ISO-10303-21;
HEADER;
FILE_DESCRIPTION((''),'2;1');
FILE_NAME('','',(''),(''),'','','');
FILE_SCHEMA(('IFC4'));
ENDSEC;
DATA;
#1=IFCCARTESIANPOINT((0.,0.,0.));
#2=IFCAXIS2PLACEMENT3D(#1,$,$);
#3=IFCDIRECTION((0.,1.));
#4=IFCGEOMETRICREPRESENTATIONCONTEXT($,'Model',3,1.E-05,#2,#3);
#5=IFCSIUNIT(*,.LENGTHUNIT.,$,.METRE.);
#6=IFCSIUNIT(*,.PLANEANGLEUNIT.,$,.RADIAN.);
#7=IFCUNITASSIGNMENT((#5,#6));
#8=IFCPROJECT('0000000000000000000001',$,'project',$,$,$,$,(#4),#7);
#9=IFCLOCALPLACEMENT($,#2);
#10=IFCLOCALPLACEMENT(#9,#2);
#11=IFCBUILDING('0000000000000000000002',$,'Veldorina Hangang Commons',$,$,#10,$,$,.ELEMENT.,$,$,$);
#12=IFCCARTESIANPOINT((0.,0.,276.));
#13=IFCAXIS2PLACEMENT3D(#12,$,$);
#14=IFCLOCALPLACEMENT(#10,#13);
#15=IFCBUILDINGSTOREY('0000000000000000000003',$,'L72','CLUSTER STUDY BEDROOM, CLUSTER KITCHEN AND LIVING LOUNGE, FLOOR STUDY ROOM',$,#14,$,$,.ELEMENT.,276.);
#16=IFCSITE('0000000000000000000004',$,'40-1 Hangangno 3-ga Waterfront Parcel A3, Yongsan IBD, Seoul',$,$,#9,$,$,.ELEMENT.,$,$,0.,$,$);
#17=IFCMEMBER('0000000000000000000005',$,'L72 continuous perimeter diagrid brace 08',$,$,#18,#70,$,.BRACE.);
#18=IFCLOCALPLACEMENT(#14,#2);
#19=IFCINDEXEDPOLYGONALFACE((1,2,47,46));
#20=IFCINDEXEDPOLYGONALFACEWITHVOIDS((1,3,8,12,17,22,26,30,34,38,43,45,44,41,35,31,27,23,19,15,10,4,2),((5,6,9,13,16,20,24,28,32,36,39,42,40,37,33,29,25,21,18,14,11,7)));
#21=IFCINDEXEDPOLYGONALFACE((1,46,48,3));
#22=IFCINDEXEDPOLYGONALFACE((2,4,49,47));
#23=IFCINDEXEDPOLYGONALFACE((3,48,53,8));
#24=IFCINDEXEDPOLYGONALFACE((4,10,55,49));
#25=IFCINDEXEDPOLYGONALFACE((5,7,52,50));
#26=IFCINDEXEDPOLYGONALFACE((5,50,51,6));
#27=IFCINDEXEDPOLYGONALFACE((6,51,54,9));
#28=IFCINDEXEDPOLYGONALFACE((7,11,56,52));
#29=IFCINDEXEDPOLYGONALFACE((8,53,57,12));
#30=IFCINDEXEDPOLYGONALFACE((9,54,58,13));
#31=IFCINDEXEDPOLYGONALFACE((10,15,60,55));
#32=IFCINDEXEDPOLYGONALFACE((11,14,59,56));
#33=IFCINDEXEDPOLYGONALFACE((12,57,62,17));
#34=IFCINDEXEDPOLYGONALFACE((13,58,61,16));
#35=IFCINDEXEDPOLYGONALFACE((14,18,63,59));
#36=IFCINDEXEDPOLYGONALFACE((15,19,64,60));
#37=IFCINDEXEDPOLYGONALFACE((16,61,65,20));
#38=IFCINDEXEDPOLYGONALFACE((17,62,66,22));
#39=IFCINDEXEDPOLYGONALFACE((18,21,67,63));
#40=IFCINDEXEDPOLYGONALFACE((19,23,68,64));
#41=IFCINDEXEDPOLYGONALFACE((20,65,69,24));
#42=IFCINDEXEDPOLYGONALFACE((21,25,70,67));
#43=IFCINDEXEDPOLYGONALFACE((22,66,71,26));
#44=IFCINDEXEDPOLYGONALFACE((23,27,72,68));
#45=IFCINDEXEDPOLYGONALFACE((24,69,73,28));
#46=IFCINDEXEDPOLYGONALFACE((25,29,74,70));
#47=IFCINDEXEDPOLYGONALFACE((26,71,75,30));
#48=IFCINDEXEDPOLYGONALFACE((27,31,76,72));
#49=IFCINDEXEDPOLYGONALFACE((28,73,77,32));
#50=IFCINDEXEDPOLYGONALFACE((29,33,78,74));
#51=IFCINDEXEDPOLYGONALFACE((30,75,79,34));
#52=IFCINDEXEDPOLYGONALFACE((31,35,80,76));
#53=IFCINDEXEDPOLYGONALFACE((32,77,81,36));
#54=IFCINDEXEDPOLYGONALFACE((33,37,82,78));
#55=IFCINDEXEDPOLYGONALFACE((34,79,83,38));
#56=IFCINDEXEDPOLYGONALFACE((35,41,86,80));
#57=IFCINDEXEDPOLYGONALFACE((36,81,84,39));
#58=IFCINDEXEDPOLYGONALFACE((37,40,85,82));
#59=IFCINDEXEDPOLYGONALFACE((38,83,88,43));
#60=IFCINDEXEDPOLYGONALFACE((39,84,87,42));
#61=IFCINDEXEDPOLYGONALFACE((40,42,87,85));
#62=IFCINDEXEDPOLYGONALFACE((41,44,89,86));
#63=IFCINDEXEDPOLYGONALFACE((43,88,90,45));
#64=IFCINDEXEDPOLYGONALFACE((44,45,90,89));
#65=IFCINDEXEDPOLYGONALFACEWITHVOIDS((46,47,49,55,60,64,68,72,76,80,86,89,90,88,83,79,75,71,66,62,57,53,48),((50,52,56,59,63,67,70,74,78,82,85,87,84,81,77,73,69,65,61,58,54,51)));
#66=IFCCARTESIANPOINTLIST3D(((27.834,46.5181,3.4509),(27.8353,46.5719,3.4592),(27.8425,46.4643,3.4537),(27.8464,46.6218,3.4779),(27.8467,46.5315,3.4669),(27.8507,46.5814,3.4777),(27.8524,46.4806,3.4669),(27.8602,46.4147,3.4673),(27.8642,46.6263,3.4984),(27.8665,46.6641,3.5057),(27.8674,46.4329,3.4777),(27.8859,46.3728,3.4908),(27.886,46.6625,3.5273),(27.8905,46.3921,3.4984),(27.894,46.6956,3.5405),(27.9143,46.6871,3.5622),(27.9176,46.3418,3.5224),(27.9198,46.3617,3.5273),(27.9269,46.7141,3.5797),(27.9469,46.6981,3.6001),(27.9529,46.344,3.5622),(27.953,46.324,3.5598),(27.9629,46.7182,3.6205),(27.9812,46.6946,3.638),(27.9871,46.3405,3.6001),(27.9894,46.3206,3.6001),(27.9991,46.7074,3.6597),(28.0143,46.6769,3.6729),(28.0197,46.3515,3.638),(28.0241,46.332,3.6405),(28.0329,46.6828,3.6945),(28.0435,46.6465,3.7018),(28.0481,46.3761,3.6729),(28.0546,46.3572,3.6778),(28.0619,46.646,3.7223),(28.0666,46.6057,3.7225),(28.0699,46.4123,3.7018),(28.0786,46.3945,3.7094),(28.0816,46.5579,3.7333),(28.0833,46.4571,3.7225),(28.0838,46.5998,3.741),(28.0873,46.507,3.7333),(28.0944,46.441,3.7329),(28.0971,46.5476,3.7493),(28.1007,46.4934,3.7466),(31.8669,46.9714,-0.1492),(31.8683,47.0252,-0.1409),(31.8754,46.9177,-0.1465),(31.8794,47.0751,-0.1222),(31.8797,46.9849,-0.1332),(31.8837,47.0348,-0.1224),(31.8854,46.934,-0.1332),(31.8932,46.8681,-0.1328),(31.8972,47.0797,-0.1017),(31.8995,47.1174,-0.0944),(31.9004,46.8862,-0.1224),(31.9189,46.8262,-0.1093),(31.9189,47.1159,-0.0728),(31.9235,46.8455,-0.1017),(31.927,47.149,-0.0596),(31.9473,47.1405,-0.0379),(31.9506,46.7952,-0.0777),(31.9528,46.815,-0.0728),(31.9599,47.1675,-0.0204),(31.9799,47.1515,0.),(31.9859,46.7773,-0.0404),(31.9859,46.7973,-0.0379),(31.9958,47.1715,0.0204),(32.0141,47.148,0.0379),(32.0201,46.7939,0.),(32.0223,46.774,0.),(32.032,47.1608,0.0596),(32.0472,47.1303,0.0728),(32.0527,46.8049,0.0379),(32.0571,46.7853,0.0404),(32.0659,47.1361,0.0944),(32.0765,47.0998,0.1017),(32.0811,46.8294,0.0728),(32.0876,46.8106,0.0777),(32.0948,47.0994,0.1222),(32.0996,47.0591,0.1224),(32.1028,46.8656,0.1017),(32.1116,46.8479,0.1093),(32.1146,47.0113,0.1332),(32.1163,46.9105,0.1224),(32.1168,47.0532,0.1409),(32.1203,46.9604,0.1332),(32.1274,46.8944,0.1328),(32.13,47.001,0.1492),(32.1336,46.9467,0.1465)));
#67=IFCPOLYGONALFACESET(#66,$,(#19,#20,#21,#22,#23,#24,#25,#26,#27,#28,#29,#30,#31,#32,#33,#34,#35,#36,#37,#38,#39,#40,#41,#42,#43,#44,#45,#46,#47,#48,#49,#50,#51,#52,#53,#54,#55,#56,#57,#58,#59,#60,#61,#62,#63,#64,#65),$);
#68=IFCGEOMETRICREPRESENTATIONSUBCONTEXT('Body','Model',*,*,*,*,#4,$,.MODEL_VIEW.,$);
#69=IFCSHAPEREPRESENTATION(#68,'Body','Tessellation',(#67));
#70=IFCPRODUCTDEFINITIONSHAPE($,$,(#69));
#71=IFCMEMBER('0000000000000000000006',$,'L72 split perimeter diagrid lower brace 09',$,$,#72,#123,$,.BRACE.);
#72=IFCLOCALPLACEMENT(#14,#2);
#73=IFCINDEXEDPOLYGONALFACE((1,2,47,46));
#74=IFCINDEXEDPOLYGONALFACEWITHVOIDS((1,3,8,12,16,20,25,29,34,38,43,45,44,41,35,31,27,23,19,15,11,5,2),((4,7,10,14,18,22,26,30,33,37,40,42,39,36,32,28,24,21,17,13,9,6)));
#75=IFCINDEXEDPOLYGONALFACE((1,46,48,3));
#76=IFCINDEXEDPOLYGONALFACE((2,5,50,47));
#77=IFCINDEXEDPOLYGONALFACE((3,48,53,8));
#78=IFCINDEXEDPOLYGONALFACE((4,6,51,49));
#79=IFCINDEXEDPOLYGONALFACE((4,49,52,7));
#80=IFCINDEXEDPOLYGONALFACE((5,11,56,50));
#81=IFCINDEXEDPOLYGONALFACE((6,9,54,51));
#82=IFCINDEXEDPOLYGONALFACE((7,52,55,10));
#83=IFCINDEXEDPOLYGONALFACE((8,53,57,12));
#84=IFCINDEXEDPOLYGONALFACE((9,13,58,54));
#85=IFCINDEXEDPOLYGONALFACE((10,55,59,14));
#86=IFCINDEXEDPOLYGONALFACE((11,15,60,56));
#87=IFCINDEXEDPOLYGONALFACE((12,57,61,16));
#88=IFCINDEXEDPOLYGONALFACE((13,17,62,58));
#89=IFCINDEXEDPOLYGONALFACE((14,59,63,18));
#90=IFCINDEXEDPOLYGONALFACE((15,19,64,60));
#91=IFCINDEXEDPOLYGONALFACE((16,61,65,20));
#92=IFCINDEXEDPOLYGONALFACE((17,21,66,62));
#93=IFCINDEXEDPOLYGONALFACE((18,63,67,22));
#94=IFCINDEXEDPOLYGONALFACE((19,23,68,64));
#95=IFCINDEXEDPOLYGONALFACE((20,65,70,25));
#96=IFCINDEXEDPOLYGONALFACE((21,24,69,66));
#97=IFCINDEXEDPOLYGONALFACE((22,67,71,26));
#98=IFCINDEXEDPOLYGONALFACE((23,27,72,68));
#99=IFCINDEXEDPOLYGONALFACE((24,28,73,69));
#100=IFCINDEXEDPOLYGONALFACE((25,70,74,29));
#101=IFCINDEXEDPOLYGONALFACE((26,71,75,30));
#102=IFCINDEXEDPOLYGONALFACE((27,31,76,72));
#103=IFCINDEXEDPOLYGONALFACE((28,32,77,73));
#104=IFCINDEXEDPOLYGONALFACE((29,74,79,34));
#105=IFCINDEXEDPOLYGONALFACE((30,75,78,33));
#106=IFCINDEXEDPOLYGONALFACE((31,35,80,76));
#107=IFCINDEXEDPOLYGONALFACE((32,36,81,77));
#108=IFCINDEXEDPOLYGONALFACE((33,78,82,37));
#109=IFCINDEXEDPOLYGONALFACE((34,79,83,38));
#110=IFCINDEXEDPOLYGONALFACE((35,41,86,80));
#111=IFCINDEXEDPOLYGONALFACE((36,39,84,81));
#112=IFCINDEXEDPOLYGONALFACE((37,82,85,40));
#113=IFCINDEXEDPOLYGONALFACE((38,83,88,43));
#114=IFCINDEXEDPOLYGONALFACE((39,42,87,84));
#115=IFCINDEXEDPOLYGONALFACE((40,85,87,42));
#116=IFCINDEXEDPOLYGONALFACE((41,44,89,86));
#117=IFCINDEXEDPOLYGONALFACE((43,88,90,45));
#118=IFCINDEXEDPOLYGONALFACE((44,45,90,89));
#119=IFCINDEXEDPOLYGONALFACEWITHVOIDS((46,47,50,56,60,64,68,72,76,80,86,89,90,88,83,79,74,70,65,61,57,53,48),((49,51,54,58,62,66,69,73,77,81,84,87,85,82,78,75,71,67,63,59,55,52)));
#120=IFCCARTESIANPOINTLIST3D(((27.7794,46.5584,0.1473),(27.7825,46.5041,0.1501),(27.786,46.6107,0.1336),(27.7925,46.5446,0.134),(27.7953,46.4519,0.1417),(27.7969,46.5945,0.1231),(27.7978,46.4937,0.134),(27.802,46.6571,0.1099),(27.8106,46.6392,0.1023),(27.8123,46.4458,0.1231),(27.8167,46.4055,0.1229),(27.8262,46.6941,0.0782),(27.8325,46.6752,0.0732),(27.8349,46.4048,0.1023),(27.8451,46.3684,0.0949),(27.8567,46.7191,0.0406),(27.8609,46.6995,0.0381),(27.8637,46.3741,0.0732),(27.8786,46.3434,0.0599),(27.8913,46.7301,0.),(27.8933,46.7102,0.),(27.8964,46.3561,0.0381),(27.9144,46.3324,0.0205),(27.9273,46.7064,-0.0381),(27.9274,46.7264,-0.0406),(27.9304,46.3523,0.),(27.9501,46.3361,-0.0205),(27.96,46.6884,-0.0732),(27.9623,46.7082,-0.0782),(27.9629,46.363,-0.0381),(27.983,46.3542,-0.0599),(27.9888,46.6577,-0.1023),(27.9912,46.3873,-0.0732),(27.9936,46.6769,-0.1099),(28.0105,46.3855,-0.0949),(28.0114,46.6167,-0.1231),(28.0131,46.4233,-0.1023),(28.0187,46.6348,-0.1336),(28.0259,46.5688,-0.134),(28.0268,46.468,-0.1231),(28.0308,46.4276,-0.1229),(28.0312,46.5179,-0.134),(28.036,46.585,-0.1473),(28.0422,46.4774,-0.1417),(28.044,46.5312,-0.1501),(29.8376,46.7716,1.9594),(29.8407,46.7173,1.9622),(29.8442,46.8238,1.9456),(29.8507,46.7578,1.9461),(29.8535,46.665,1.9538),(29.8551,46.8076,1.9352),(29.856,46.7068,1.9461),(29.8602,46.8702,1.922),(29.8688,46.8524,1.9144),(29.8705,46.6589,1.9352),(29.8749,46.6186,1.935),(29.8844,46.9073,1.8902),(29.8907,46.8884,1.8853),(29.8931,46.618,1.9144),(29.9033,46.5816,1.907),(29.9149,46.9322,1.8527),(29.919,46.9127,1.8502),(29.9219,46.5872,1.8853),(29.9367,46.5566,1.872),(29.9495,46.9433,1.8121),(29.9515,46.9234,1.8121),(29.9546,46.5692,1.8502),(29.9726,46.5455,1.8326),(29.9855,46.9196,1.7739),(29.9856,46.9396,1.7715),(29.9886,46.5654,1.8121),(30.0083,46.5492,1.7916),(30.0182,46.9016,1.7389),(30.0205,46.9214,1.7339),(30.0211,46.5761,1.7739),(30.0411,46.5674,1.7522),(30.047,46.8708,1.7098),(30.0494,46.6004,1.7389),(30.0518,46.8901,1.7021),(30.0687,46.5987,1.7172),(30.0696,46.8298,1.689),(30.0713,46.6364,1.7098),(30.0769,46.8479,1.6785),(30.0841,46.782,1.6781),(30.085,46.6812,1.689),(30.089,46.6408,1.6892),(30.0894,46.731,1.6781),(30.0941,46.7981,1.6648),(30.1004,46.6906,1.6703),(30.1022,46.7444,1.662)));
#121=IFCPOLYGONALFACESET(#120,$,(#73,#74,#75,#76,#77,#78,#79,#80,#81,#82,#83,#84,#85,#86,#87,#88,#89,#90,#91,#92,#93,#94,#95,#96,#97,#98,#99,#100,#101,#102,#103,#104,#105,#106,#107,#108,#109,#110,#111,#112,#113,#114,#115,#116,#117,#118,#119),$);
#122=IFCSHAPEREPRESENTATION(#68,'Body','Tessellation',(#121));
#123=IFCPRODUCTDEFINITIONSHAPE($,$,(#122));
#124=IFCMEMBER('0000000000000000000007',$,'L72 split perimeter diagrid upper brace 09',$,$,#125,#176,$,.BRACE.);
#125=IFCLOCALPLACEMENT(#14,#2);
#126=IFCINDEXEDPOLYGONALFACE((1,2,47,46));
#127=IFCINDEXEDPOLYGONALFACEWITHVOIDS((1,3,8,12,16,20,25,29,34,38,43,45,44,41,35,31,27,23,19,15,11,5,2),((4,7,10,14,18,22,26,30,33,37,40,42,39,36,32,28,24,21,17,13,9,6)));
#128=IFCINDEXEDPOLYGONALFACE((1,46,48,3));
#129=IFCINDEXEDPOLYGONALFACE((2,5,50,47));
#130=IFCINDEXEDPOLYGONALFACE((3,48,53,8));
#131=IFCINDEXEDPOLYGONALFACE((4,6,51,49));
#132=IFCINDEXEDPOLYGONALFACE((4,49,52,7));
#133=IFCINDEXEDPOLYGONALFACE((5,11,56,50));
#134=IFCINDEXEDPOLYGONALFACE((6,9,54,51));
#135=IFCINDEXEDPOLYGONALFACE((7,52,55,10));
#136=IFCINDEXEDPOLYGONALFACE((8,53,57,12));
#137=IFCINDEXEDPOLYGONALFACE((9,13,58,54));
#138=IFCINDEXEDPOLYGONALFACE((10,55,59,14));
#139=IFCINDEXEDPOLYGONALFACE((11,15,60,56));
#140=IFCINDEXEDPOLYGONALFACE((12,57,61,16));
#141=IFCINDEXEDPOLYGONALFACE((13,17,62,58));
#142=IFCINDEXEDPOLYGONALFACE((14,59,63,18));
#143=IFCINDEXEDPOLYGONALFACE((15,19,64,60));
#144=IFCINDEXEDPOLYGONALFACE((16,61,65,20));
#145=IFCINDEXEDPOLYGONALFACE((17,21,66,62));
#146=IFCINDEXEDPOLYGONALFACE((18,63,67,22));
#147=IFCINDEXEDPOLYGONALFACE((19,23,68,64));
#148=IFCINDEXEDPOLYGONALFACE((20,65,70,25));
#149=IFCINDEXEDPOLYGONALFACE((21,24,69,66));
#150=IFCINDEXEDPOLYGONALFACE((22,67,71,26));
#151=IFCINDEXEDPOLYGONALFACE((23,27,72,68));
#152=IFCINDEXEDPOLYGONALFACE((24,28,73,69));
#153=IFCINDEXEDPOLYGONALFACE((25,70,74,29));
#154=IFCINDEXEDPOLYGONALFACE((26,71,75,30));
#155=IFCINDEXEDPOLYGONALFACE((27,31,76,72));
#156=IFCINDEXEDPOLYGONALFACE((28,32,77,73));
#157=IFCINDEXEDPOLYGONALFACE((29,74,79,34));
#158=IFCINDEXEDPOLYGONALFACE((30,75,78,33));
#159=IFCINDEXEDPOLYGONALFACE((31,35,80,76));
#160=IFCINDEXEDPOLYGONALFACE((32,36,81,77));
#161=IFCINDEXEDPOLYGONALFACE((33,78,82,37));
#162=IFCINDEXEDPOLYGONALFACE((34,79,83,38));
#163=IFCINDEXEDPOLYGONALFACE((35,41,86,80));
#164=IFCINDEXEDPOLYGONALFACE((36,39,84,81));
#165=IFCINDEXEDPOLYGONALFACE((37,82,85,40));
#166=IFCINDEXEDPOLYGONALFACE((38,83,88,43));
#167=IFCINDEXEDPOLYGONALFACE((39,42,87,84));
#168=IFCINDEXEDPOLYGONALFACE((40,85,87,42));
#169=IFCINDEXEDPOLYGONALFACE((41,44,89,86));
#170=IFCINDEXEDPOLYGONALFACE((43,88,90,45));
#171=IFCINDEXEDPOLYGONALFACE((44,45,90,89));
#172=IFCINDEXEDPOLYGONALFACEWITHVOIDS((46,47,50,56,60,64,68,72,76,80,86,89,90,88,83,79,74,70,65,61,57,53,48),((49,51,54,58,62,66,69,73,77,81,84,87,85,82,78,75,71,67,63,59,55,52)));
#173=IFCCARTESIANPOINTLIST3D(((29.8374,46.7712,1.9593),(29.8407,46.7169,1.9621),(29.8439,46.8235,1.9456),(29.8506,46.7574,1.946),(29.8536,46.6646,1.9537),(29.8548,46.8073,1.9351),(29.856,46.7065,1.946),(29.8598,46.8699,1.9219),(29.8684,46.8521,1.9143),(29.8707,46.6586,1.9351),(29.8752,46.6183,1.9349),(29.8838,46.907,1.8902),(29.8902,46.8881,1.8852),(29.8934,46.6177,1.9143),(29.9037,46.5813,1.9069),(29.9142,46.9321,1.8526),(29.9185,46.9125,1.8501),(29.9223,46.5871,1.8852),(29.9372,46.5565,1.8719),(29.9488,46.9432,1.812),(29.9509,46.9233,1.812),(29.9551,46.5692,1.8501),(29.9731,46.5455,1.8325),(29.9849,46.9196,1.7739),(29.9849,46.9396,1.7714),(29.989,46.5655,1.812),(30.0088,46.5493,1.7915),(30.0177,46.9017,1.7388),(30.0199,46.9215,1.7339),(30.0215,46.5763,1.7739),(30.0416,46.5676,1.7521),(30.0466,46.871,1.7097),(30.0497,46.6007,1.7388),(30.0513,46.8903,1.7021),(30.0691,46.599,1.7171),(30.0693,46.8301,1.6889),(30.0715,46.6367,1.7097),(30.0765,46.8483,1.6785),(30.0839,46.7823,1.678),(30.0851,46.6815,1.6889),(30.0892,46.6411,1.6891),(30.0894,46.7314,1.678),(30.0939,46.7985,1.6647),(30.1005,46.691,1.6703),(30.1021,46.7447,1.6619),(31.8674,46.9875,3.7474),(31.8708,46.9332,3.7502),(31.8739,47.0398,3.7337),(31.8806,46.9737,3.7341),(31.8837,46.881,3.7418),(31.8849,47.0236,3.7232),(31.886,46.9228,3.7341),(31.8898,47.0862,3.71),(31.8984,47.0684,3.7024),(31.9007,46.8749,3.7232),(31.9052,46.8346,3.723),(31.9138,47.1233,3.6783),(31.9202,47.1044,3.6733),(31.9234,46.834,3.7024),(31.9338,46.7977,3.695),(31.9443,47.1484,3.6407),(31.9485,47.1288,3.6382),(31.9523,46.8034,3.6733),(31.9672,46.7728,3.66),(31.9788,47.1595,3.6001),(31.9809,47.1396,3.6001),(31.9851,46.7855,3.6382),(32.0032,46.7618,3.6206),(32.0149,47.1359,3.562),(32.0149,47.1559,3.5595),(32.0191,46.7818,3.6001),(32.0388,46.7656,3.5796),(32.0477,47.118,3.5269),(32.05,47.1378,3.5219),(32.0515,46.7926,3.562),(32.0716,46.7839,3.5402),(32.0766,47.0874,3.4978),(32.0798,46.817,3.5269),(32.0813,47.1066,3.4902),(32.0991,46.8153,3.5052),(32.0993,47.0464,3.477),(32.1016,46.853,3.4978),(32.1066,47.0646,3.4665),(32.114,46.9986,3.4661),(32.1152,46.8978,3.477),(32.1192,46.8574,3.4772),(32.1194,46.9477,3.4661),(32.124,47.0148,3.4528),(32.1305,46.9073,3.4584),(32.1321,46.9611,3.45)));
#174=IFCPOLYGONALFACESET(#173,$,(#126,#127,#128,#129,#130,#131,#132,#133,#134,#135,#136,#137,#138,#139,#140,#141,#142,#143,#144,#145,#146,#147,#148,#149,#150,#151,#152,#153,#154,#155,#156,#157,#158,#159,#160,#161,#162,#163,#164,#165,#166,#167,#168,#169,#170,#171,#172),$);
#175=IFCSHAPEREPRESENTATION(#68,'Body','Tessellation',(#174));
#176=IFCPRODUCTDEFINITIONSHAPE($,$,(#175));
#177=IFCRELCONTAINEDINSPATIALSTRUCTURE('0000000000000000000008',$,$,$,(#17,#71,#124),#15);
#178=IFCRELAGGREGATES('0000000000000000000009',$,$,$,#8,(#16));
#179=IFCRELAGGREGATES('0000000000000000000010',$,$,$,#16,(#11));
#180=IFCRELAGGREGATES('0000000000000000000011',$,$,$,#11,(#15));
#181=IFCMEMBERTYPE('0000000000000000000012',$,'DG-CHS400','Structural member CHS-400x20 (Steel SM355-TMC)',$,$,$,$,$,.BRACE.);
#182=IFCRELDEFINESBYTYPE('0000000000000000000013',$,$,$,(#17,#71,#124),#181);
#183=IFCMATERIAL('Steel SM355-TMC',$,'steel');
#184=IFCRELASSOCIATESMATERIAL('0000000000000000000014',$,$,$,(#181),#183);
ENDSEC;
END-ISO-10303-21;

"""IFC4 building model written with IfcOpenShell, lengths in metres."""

from ifc_helpers import new_model, si_unit, direction, frame, origin, origin_2d, place, context, subcontext, project, spatial, hollow_circle, extrude, material, material_profile, profile_set, type_object, element, save


model = new_model("IFC4")

# Units and contexts
model_context = context("Model", 3, precision=1e-05, world=origin(), true_north=direction((0.0, 1.0)))
body_context = subcontext(model_context, "Body", "Model", "MODEL_VIEW")
ifc_project = project(units=[si_unit("LENGTHUNIT", "METRE"), si_unit("PLANEANGLEUNIT", "RADIAN")], contexts=[model_context])

# Site, building, storey
site_placement = place(None, origin())
site = spatial("IfcSite", under=ifc_project, at=site_placement, Name="40-1 Hangangno 3-ga Waterfront Parcel A3, Yongsan IBD, Seoul", CompositionType="ELEMENT", RefElevation=0.0)
building_placement = place(site_placement, origin())
building = spatial("IfcBuilding", under=site, at=building_placement, Name="Veldorina Hangang Commons", CompositionType="ELEMENT")
storey_placement = place(building_placement, frame((0.0, 0.0, 276.0)))
storey = spatial("IfcBuildingStorey", under=building, at=storey_placement, Name="L72", Description="CLUSTER STUDY BEDROOM, CLUSTER KITCHEN AND LIVING LOUNGE, FLOOR STUDY ROOM", CompositionType="ELEMENT", Elevation=276.0)

# Shared definitions
ifc_material_1 = material(Name="Steel SM355-TMC", Category="steel")

# Members
ifc_material_profile_1 = material_profile(ifc_material_1, hollow_circle(Radius=0.2, WallThickness=0.02, at=origin_2d()), Name="CHS-400x20")
ifc_profile_set_1 = profile_set([ifc_material_profile_1], Name="Steel SM355-TMC")
member_type_1 = type_object("IfcMemberType", Name="DG-CHS400", Description="Structural member CHS-400x20 (Steel SM355-TMC)", PredefinedType="BRACE", material=ifc_profile_set_1)
member_1_placement = place(storey_placement, frame((32.0, 46.9727, 0.0), z_axis=(-0.743398, -0.08357, 0.663608), x_axis=(0.111712, -0.993741, 0.0)))
element("IfcMember", 1, at=member_1_placement, inside=storey, type_object=member_type_1, Name="L72 continuous perimeter diagrid brace 08", PredefinedType="BRACE", context=body_context, shape_type="SweptSolid", body=[
    extrude(hollow_circle(Radius=0.2, WallThickness=0.02, at=origin_2d()), origin(), (0.0, 0.0, 1.0), 5.425),
])
member_2_placement = place(storey_placement, frame((27.9119, 46.5312, 0.0), z_axis=(0.748298, 0.077493, 0.658821), x_axis=(-0.103008, 0.994681, 0.0)))
element("IfcMember", 2, at=member_2_placement, inside=storey, type_object=member_type_1, Name="L72 split perimeter diagrid lower brace 09", PredefinedType="BRACE", context=body_context, shape_type="SweptSolid", body=[
    extrude(hollow_circle(Radius=0.2, WallThickness=0.02, at=origin_2d()), origin(), (0.0, 0.0, 1.0), 2.7505),
])
member_3_placement = place(storey_placement, frame((29.97, 46.7444, 1.812), z_axis=(0.748022, 0.079705, 0.658871), x_axis=(-0.105955, 0.994371, 0.0)))
element("IfcMember", 3, at=member_3_placement, inside=storey, type_object=member_type_1, Name="L72 split perimeter diagrid upper brace 09", PredefinedType="BRACE", context=body_context, shape_type="SweptSolid", body=[
    extrude(hollow_circle(Radius=0.2, WallThickness=0.02, at=origin_2d()), origin(), (0.0, 0.0, 1.0), 2.7139),
])

save(model, "model.ifc")
